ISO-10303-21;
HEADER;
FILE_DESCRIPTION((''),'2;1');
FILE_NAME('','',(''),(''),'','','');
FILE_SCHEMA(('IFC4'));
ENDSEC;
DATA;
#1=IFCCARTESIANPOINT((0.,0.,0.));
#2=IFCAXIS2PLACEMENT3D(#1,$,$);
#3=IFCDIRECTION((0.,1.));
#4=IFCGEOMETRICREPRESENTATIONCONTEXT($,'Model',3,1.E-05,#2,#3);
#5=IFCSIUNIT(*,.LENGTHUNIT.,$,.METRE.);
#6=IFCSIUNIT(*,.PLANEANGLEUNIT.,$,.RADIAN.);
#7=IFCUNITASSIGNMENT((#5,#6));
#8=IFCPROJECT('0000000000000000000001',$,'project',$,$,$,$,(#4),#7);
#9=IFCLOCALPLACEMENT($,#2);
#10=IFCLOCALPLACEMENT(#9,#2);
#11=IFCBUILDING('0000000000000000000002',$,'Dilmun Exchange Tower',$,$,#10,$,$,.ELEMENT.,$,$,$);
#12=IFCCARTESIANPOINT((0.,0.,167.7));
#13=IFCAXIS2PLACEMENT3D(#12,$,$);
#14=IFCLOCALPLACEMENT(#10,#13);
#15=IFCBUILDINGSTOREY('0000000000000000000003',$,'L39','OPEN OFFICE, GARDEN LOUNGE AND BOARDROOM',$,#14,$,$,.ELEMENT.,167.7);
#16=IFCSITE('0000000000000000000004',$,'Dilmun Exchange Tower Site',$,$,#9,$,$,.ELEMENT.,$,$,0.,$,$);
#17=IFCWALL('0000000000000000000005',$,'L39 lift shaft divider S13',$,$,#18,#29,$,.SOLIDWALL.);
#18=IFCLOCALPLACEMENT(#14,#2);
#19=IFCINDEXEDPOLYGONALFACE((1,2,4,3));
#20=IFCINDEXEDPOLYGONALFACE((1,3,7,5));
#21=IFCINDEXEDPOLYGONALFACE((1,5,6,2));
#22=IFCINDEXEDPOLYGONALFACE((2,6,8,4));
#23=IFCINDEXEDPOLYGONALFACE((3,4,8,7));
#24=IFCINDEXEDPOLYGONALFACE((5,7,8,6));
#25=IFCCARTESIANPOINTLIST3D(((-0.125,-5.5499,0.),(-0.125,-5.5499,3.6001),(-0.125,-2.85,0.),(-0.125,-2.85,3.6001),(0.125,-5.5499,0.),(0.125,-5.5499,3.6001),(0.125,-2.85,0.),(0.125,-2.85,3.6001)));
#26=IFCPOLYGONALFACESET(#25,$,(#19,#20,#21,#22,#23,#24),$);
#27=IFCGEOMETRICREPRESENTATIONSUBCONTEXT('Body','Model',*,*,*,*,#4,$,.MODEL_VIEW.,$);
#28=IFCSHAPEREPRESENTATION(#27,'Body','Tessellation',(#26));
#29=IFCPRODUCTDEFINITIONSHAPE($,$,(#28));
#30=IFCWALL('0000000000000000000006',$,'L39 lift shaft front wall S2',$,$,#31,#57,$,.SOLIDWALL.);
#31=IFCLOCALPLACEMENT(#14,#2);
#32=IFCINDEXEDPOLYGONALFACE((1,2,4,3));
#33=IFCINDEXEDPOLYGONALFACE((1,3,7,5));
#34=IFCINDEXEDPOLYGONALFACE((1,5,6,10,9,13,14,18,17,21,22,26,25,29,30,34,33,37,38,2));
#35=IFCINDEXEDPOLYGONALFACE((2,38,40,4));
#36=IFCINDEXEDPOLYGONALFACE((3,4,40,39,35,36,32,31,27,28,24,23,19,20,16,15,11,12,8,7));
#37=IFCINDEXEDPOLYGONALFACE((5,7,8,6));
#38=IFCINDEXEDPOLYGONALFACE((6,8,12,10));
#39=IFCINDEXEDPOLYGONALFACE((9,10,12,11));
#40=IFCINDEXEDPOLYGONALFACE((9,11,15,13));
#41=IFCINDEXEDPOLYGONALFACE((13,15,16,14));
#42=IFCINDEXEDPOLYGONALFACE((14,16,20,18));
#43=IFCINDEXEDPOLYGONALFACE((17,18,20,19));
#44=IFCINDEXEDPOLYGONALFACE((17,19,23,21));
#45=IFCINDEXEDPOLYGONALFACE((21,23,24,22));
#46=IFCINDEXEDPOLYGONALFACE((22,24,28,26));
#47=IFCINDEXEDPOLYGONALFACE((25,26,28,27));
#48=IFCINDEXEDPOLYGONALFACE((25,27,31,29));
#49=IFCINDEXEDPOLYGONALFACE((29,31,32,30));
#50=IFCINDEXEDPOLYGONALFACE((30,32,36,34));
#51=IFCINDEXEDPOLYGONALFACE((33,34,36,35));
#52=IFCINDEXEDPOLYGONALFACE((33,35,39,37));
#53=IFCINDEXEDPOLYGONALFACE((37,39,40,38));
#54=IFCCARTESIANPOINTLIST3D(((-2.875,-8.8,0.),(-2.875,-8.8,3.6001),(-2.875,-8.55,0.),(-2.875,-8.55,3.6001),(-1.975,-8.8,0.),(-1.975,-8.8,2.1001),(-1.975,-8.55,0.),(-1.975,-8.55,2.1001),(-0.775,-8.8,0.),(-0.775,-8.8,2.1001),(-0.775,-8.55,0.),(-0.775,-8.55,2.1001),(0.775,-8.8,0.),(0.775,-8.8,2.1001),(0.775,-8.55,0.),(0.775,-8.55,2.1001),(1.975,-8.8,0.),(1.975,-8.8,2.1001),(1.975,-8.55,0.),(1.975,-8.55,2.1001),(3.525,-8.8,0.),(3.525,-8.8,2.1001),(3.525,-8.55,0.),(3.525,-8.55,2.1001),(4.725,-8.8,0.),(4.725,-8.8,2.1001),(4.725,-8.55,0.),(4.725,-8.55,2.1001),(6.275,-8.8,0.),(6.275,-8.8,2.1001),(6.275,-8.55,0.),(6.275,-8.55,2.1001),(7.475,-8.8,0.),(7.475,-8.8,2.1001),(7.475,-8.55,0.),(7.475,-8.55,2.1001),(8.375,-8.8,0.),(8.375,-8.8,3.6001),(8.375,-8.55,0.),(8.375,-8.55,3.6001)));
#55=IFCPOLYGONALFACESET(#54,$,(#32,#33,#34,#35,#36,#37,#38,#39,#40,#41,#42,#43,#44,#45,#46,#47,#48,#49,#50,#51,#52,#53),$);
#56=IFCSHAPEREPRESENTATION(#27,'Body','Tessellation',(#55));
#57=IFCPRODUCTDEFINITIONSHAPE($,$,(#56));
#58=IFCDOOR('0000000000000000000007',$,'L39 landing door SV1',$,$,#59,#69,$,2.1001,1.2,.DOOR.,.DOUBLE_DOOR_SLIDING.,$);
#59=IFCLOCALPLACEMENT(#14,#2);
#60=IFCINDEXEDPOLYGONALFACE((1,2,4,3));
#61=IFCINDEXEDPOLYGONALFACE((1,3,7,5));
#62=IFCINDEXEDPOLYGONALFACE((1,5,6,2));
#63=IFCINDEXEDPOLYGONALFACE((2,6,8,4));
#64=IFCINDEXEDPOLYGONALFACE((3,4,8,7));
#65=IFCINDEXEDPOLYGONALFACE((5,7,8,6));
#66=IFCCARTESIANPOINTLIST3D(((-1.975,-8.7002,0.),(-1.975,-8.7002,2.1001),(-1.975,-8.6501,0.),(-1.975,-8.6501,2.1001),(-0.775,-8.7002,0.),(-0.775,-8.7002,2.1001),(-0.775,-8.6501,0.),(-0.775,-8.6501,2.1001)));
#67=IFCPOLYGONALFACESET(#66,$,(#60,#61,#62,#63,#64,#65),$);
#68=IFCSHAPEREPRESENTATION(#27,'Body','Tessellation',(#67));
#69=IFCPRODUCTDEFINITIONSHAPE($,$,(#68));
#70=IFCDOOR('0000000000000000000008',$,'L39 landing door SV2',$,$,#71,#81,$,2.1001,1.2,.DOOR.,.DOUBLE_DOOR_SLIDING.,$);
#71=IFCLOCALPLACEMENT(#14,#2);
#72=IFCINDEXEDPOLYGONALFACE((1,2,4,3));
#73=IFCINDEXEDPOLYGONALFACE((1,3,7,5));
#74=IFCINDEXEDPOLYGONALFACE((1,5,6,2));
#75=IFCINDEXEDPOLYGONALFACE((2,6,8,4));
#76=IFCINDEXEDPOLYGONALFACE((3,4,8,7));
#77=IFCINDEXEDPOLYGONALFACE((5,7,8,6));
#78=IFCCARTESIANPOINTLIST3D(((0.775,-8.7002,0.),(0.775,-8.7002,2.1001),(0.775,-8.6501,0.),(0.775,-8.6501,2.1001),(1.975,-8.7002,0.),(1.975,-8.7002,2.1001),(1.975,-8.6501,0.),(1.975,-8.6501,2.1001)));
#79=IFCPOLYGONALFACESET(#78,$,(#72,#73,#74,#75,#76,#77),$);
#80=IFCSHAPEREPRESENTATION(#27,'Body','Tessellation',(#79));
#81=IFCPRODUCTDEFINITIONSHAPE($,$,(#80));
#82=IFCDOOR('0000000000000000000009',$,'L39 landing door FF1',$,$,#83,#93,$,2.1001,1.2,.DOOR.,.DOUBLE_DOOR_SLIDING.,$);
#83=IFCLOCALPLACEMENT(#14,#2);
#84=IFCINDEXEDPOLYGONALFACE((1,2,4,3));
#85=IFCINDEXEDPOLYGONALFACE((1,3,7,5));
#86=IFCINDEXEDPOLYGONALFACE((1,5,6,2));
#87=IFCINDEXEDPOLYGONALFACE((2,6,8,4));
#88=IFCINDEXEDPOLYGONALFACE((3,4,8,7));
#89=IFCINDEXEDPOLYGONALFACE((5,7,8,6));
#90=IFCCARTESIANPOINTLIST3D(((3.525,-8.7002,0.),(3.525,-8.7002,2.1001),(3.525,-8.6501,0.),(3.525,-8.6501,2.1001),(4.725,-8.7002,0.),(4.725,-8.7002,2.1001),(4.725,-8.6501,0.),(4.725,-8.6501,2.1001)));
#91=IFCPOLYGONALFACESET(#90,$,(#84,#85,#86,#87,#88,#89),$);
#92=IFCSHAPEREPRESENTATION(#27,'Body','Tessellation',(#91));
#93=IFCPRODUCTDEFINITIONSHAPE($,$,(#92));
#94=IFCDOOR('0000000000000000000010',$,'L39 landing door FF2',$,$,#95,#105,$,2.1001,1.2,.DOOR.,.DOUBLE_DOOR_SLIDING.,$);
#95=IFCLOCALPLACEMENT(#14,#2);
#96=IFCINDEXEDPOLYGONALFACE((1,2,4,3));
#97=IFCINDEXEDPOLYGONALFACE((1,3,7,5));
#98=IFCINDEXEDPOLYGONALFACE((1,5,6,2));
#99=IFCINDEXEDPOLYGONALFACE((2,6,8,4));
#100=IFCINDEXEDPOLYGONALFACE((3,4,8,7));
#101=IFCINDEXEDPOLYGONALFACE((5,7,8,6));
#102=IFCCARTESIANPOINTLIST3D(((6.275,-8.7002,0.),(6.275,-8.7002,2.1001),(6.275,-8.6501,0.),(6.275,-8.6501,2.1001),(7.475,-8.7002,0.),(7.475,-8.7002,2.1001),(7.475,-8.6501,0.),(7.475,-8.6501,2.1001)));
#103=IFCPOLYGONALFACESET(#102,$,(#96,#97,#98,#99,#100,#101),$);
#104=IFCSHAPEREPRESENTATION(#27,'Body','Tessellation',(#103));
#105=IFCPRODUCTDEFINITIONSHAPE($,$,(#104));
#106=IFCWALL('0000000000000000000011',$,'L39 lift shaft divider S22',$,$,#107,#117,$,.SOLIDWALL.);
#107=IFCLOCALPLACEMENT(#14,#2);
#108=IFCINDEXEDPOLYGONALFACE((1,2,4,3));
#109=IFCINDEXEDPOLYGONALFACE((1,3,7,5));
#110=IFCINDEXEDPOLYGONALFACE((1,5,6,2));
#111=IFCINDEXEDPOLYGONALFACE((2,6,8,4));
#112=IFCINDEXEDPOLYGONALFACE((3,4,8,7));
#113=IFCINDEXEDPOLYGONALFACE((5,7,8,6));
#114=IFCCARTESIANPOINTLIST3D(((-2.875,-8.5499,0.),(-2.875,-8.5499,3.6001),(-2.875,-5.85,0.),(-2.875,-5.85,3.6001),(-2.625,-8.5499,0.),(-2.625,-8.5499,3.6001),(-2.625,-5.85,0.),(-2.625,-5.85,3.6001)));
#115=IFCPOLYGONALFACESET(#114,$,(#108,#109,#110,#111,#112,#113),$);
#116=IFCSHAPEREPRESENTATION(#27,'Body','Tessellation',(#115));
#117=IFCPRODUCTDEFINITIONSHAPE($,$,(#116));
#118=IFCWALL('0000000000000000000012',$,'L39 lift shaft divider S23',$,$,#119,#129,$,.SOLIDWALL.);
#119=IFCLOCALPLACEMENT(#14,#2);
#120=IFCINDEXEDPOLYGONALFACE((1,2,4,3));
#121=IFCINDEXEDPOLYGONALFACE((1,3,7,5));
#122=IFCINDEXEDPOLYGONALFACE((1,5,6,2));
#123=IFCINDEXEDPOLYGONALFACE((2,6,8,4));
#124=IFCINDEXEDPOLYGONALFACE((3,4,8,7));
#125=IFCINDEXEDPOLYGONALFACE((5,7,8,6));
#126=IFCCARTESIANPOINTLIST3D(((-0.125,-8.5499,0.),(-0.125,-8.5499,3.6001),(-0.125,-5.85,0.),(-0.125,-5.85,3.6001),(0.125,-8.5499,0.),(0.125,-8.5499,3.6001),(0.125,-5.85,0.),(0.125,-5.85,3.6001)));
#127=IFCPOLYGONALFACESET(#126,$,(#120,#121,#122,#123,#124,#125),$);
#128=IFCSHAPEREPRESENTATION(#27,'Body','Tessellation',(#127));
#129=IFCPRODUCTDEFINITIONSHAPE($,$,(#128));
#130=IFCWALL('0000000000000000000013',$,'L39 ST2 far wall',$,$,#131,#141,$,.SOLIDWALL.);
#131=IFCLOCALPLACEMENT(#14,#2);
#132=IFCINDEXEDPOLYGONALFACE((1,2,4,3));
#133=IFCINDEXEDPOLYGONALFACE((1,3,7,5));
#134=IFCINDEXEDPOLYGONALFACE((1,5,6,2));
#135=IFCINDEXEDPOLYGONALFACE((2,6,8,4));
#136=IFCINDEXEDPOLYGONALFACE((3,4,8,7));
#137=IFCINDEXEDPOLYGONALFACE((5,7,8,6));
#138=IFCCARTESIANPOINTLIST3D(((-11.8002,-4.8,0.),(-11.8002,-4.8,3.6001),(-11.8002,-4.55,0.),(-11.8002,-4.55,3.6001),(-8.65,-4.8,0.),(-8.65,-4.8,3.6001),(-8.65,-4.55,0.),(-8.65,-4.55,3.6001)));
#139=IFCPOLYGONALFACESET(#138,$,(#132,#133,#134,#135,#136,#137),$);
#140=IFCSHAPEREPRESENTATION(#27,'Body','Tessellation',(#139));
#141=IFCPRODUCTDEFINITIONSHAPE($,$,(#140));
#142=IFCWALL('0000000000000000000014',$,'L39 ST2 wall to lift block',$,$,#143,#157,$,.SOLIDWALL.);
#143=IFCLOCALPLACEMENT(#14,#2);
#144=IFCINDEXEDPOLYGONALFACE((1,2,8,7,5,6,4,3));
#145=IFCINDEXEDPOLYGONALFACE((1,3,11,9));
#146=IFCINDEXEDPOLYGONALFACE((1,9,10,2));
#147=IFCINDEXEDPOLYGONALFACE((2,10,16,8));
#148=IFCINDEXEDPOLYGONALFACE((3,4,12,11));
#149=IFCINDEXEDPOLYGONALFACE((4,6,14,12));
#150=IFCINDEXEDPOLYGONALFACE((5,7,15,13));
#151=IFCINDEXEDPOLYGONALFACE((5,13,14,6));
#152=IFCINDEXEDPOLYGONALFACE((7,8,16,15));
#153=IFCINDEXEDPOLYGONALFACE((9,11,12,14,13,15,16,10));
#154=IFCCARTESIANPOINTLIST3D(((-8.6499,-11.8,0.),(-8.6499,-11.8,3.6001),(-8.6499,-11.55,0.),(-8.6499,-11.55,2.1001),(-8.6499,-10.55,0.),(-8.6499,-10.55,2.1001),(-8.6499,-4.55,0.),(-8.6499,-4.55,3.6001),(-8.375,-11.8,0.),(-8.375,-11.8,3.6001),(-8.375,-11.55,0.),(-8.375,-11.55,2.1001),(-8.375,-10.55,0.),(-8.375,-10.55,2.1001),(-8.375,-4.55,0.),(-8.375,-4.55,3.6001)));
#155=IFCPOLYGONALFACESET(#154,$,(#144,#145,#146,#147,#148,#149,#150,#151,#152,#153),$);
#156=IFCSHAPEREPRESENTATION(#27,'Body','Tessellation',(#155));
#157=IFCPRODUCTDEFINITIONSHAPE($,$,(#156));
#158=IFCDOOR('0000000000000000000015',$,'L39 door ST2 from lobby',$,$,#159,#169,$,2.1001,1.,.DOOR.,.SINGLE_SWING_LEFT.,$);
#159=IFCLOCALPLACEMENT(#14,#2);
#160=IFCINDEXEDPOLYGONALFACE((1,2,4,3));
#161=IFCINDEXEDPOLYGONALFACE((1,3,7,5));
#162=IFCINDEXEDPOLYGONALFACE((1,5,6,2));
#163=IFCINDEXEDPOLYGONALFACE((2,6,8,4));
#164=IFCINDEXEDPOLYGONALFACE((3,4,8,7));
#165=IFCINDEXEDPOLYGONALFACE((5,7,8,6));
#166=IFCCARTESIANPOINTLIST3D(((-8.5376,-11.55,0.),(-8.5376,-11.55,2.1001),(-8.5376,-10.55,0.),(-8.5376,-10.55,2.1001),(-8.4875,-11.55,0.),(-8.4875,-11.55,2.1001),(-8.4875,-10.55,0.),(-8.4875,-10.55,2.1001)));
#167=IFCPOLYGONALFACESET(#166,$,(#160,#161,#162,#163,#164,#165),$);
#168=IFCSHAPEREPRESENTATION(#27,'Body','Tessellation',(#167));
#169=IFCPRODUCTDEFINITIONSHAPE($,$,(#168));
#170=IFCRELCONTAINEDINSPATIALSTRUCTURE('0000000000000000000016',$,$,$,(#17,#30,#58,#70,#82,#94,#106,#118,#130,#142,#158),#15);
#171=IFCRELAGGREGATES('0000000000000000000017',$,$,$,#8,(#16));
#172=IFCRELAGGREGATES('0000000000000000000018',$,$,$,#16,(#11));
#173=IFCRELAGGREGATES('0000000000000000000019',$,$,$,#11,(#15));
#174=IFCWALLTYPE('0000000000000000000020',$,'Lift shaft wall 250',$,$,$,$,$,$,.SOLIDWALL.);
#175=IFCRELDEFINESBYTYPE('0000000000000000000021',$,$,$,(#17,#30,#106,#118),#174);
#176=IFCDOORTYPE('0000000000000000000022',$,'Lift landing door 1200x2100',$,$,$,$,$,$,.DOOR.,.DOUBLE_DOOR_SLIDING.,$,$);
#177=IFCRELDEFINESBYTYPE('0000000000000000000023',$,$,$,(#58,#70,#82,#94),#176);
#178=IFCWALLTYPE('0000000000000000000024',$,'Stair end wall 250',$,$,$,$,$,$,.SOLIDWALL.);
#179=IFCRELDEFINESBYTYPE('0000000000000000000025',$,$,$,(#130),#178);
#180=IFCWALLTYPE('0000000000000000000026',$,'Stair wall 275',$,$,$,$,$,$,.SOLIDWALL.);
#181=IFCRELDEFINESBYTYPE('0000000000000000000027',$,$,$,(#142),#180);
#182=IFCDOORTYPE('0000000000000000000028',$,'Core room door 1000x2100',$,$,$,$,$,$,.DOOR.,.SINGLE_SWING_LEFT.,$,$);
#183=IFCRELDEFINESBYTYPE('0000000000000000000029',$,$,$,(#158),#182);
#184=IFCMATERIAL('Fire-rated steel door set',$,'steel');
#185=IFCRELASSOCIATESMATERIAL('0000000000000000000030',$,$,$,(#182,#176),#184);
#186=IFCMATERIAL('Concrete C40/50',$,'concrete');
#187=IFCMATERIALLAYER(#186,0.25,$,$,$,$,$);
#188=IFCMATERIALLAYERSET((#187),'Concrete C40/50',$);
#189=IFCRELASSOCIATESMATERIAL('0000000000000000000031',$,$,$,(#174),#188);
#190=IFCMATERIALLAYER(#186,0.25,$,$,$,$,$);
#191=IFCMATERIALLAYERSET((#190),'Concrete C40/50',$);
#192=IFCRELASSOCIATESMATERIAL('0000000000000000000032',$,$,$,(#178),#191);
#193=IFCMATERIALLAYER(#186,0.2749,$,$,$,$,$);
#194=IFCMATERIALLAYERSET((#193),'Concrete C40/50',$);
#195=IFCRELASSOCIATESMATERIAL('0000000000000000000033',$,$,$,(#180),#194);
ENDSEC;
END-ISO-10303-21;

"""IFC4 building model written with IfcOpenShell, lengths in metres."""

from ifc_helpers import new_model, si_unit, direction, frame, frame_2d, origin, place, context, subcontext, project, spatial, rectangle, extrude, material, layer, layer_set, type_object, element, fill, save


model = new_model("IFC4")

# Units and contexts
model_context = context("Model", 3, precision=1e-05, world=origin(), true_north=direction((0.0, 1.0)))
body_context = subcontext(model_context, "Body", "Model", "MODEL_VIEW")
ifc_project = project(units=[si_unit("LENGTHUNIT", "METRE"), si_unit("PLANEANGLEUNIT", "RADIAN")], contexts=[model_context])

# Site, building, storey
site_placement = place(None, origin())
site = spatial("IfcSite", under=ifc_project, at=site_placement, Name="Dilmun Exchange Tower Site", CompositionType="ELEMENT", RefElevation=0.0)
building_placement = place(site_placement, origin())
building = spatial("IfcBuilding", under=site, at=building_placement, Name="Dilmun Exchange Tower", CompositionType="ELEMENT")
storey_placement = place(building_placement, frame((0.0, 0.0, 167.7)))
storey = spatial("IfcBuildingStorey", under=building, at=storey_placement, Name="L39", Description="OPEN OFFICE, GARDEN LOUNGE AND BOARDROOM", CompositionType="ELEMENT", Elevation=167.7)

# Shared definitions
ifc_material_1 = material(Name="Concrete C40/50", Category="concrete")
ifc_material_2 = material(Name="Fire-rated steel door set", Category="steel")

# Shared definitions
door_type_1 = type_object("IfcDoorType", Name="Core room door 1000x2100", OperationType="SINGLE_SWING_LEFT", PredefinedType="DOOR", material=ifc_material_2)

# Wall
ifc_layer_1 = layer(ifc_material_1, 0.25)
ifc_layer_set_1 = layer_set([ifc_layer_1], Name="Concrete C40/50")
wall_type_1 = type_object("IfcWallType", Name="Lift shaft wall 250", PredefinedType="SOLIDWALL", material=ifc_layer_set_1)
for number, where, z_axis, x_axis, name in (
    (1, (0.0, -5.55, 0.0), (0.0, 0.0, 1.0), (0.0, 1.0, 0.0), "L39 lift shaft divider S13"),
):
    element("IfcWall", number, at=place(storey_placement, frame(where, z_axis=z_axis, x_axis=x_axis)), inside=storey, type_object=wall_type_1, Name=name, PredefinedType="SOLIDWALL", context=body_context, shape_type="SweptSolid", body=[
        extrude(rectangle(XDim=2.7, YDim=0.25, at=frame_2d((1.3501, 0.0))), origin(), (0.0, 0.0, 1.0), 3.6001),
    ])

# Wall, openings, doors
wall_1_placement = place(storey_placement, frame((-2.875, -8.675, 0.0), z_axis=(0.0, 0.0, 1.0), x_axis=(1.0, 0.0, 0.0)))
wall_1 = element("IfcWall", 2, at=wall_1_placement, inside=storey, type_object=wall_type_1, Name="L39 lift shaft front wall S2", PredefinedType="SOLIDWALL", context=body_context, shape_type="SweptSolid", body=[
    extrude(rectangle(XDim=11.25, YDim=0.25, at=frame_2d((5.625, 0.0))), origin(), (0.0, 0.0, 1.0), 3.6001),
])
opening_1_placement = place(wall_1_placement, frame((0.8999, 0.0, 0.0)))
opening_1 = element("IfcOpeningElement", 3, at=opening_1_placement, cuts=wall_1, PredefinedType="OPENING", context=body_context, shape_type="SweptSolid", body=[
    extrude(rectangle(XDim=1.2, YDim=2.1001, at=frame_2d((0.6001, 1.05))), frame((0.0, 0.135, 0.0), z_axis=(0.0, -1.0, 0.0), x_axis=(1.0, 0.0, 0.0)), (0.0, 0.0, 1.0), 0.27),
])
opening_2_placement = place(wall_1_placement, frame((3.6499, 0.0, 0.0)))
opening_2 = element("IfcOpeningElement", 4, at=opening_2_placement, cuts=wall_1, PredefinedType="OPENING", context=body_context, shape_type="SweptSolid", body=[
    extrude(rectangle(XDim=1.2, YDim=2.1001, at=frame_2d((0.6001, 1.05))), frame((0.0, 0.135, 0.0), z_axis=(0.0, -1.0, 0.0), x_axis=(1.0, 0.0, 0.0)), (0.0, 0.0, 1.0), 0.27),
])
opening_3_placement = place(wall_1_placement, frame((6.3999, 0.0, 0.0)))
opening_3 = element("IfcOpeningElement", 5, at=opening_3_placement, cuts=wall_1, PredefinedType="OPENING", context=body_context, shape_type="SweptSolid", body=[
    extrude(rectangle(XDim=1.2, YDim=2.1001, at=frame_2d((0.6001, 1.05))), frame((0.0, 0.135, 0.0), z_axis=(0.0, -1.0, 0.0), x_axis=(1.0, 0.0, 0.0)), (0.0, 0.0, 1.0), 0.27),
])
opening_4_placement = place(wall_1_placement, frame((9.1499, 0.0, 0.0)))
opening_4 = element("IfcOpeningElement", 6, at=opening_4_placement, cuts=wall_1, PredefinedType="OPENING", context=body_context, shape_type="SweptSolid", body=[
    extrude(rectangle(XDim=1.2, YDim=2.1001, at=frame_2d((0.6001, 1.05))), frame((0.0, 0.135, 0.0), z_axis=(0.0, -1.0, 0.0), x_axis=(1.0, 0.0, 0.0)), (0.0, 0.0, 1.0), 0.27),
])
door_type_2 = type_object("IfcDoorType", Name="Lift landing door 1200x2100", OperationType="DOUBLE_DOOR_SLIDING", PredefinedType="DOOR", material=ifc_material_2)
door_1_placement = place(opening_1_placement, origin())
door_1 = element("IfcDoor", 7, at=door_1_placement, inside=storey, type_object=door_type_2, Name="L39 landing door SV1", OperationType="DOUBLE_DOOR_SLIDING", OverallHeight=2.1001, OverallWidth=1.2, PredefinedType="DOOR", context=body_context, shape_type="SweptSolid", body=[
    extrude(rectangle(XDim=1.2, YDim=2.1001, at=frame_2d((0.6001, 1.05))), frame((0.0, 0.0249, 0.0), z_axis=(0.0, -1.0, 0.0), x_axis=(1.0, 0.0, 0.0)), (0.0, 0.0, 1.0), 0.05),
])
fill(opening_1, door_1)
door_2_placement = place(opening_2_placement, origin())
door_2 = element("IfcDoor", 8, at=door_2_placement, inside=storey, type_object=door_type_2, Name="L39 landing door SV2", OperationType="DOUBLE_DOOR_SLIDING", OverallHeight=2.1001, OverallWidth=1.2, PredefinedType="DOOR", context=body_context, shape_type="SweptSolid", body=[
    extrude(rectangle(XDim=1.2, YDim=2.1001, at=frame_2d((0.6001, 1.05))), frame((0.0, 0.0249, 0.0), z_axis=(0.0, -1.0, 0.0), x_axis=(1.0, 0.0, 0.0)), (0.0, 0.0, 1.0), 0.05),
])
fill(opening_2, door_2)
door_3_placement = place(opening_3_placement, origin())
door_3 = element("IfcDoor", 9, at=door_3_placement, inside=storey, type_object=door_type_2, Name="L39 landing door FF1", OperationType="DOUBLE_DOOR_SLIDING", OverallHeight=2.1001, OverallWidth=1.2, PredefinedType="DOOR", context=body_context, shape_type="SweptSolid", body=[
    extrude(rectangle(XDim=1.2, YDim=2.1001, at=frame_2d((0.6001, 1.05))), frame((0.0, 0.0249, 0.0), z_axis=(0.0, -1.0, 0.0), x_axis=(1.0, 0.0, 0.0)), (0.0, 0.0, 1.0), 0.05),
])
fill(opening_3, door_3)
door_4_placement = place(opening_4_placement, origin())
door_4 = element("IfcDoor", 10, at=door_4_placement, inside=storey, type_object=door_type_2, Name="L39 landing door FF2", OperationType="DOUBLE_DOOR_SLIDING", OverallHeight=2.1001, OverallWidth=1.2, PredefinedType="DOOR", context=body_context, shape_type="SweptSolid", body=[
    extrude(rectangle(XDim=1.2, YDim=2.1001, at=frame_2d((0.6001, 1.05))), frame((0.0, 0.0249, 0.0), z_axis=(0.0, -1.0, 0.0), x_axis=(1.0, 0.0, 0.0)), (0.0, 0.0, 1.0), 0.05),
])
fill(opening_4, door_4)

# Walls
for number, where, z_axis, x_axis, name in (
    (11, (-2.75, -8.55, 0.0), (0.0, 0.0, 1.0), (0.0, 1.0, 0.0), "L39 lift shaft divider S22"),
    (12, (0.0, -8.55, 0.0), (0.0, 0.0, 1.0), (0.0, 1.0, 0.0), "L39 lift shaft divider S23"),
):
    element("IfcWall", number, at=place(storey_placement, frame(where, z_axis=z_axis, x_axis=x_axis)), inside=storey, type_object=wall_type_1, Name=name, PredefinedType="SOLIDWALL", context=body_context, shape_type="SweptSolid", body=[
        extrude(rectangle(XDim=2.7, YDim=0.25, at=frame_2d((1.3501, 0.0))), origin(), (0.0, 0.0, 1.0), 3.6001),
    ])
ifc_layer_2 = layer(ifc_material_1, 0.25)
ifc_layer_set_2 = layer_set([ifc_layer_2], Name="Concrete C40/50")
wall_type_2 = type_object("IfcWallType", Name="Stair end wall 250", PredefinedType="SOLIDWALL", material=ifc_layer_set_2)
wall_2_placement = place(storey_placement, frame((-8.6499, -4.675, 0.0), z_axis=(0.0, 0.0, 1.0), x_axis=(-1.0, 0.0, 0.0)))
element("IfcWall", 13, at=wall_2_placement, inside=storey, type_object=wall_type_2, Name="L39 ST2 far wall", PredefinedType="SOLIDWALL", context=body_context, shape_type="SweptSolid", body=[
    extrude(rectangle(XDim=3.1501, YDim=0.25, at=frame_2d((1.5752, 0.0))), origin(), (0.0, 0.0, 1.0), 3.6001),
])

# Wall, opening, door
ifc_layer_3 = layer(ifc_material_1, 0.2749)
ifc_layer_set_3 = layer_set([ifc_layer_3], Name="Concrete C40/50")
wall_type_3 = type_object("IfcWallType", Name="Stair wall 275", PredefinedType="SOLIDWALL", material=ifc_layer_set_3)
wall_3_placement = place(storey_placement, frame((-8.5125, -4.55, 0.0), z_axis=(0.0, 0.0, 1.0), x_axis=(0.0, -1.0, 0.0)))
wall_3 = element("IfcWall", 14, at=wall_3_placement, inside=storey, type_object=wall_type_3, Name="L39 ST2 wall to lift block", PredefinedType="SOLIDWALL", context=body_context, shape_type="SweptSolid", body=[
    extrude(rectangle(XDim=7.25, YDim=0.2749, at=frame_2d((3.625, 0.0))), origin(), (0.0, 0.0, 1.0), 3.6001),
])
opening_5_placement = place(wall_3_placement, frame((6.0, 0.0, 0.0)))
opening_5 = element("IfcOpeningElement", 15, at=opening_5_placement, cuts=wall_3, PredefinedType="OPENING", context=body_context, shape_type="SweptSolid", body=[
    extrude(rectangle(XDim=1.0, YDim=2.1001, at=frame_2d((0.5, 1.05))), frame((0.0, 0.1475, 0.0), z_axis=(0.0, -1.0, 0.0), x_axis=(1.0, 0.0, 0.0)), (0.0, 0.0, 1.0), 0.2949),
])
door_5_placement = place(opening_5_placement, origin())
door_5 = element("IfcDoor", 16, at=door_5_placement, inside=storey, type_object=door_type_1, Name="L39 door ST2 from lobby", OperationType="SINGLE_SWING_LEFT", OverallHeight=2.1001, OverallWidth=1.0, PredefinedType="DOOR", context=body_context, shape_type="SweptSolid", body=[
    extrude(rectangle(XDim=1.0, YDim=2.1001, at=frame_2d((0.5, 1.05))), frame((0.0, 0.0249, 0.0), z_axis=(0.0, -1.0, 0.0), x_axis=(1.0, 0.0, 0.0)), (0.0, 0.0, 1.0), 0.05),
])
fill(opening_5, door_5)

save(model, "model.ifc")
